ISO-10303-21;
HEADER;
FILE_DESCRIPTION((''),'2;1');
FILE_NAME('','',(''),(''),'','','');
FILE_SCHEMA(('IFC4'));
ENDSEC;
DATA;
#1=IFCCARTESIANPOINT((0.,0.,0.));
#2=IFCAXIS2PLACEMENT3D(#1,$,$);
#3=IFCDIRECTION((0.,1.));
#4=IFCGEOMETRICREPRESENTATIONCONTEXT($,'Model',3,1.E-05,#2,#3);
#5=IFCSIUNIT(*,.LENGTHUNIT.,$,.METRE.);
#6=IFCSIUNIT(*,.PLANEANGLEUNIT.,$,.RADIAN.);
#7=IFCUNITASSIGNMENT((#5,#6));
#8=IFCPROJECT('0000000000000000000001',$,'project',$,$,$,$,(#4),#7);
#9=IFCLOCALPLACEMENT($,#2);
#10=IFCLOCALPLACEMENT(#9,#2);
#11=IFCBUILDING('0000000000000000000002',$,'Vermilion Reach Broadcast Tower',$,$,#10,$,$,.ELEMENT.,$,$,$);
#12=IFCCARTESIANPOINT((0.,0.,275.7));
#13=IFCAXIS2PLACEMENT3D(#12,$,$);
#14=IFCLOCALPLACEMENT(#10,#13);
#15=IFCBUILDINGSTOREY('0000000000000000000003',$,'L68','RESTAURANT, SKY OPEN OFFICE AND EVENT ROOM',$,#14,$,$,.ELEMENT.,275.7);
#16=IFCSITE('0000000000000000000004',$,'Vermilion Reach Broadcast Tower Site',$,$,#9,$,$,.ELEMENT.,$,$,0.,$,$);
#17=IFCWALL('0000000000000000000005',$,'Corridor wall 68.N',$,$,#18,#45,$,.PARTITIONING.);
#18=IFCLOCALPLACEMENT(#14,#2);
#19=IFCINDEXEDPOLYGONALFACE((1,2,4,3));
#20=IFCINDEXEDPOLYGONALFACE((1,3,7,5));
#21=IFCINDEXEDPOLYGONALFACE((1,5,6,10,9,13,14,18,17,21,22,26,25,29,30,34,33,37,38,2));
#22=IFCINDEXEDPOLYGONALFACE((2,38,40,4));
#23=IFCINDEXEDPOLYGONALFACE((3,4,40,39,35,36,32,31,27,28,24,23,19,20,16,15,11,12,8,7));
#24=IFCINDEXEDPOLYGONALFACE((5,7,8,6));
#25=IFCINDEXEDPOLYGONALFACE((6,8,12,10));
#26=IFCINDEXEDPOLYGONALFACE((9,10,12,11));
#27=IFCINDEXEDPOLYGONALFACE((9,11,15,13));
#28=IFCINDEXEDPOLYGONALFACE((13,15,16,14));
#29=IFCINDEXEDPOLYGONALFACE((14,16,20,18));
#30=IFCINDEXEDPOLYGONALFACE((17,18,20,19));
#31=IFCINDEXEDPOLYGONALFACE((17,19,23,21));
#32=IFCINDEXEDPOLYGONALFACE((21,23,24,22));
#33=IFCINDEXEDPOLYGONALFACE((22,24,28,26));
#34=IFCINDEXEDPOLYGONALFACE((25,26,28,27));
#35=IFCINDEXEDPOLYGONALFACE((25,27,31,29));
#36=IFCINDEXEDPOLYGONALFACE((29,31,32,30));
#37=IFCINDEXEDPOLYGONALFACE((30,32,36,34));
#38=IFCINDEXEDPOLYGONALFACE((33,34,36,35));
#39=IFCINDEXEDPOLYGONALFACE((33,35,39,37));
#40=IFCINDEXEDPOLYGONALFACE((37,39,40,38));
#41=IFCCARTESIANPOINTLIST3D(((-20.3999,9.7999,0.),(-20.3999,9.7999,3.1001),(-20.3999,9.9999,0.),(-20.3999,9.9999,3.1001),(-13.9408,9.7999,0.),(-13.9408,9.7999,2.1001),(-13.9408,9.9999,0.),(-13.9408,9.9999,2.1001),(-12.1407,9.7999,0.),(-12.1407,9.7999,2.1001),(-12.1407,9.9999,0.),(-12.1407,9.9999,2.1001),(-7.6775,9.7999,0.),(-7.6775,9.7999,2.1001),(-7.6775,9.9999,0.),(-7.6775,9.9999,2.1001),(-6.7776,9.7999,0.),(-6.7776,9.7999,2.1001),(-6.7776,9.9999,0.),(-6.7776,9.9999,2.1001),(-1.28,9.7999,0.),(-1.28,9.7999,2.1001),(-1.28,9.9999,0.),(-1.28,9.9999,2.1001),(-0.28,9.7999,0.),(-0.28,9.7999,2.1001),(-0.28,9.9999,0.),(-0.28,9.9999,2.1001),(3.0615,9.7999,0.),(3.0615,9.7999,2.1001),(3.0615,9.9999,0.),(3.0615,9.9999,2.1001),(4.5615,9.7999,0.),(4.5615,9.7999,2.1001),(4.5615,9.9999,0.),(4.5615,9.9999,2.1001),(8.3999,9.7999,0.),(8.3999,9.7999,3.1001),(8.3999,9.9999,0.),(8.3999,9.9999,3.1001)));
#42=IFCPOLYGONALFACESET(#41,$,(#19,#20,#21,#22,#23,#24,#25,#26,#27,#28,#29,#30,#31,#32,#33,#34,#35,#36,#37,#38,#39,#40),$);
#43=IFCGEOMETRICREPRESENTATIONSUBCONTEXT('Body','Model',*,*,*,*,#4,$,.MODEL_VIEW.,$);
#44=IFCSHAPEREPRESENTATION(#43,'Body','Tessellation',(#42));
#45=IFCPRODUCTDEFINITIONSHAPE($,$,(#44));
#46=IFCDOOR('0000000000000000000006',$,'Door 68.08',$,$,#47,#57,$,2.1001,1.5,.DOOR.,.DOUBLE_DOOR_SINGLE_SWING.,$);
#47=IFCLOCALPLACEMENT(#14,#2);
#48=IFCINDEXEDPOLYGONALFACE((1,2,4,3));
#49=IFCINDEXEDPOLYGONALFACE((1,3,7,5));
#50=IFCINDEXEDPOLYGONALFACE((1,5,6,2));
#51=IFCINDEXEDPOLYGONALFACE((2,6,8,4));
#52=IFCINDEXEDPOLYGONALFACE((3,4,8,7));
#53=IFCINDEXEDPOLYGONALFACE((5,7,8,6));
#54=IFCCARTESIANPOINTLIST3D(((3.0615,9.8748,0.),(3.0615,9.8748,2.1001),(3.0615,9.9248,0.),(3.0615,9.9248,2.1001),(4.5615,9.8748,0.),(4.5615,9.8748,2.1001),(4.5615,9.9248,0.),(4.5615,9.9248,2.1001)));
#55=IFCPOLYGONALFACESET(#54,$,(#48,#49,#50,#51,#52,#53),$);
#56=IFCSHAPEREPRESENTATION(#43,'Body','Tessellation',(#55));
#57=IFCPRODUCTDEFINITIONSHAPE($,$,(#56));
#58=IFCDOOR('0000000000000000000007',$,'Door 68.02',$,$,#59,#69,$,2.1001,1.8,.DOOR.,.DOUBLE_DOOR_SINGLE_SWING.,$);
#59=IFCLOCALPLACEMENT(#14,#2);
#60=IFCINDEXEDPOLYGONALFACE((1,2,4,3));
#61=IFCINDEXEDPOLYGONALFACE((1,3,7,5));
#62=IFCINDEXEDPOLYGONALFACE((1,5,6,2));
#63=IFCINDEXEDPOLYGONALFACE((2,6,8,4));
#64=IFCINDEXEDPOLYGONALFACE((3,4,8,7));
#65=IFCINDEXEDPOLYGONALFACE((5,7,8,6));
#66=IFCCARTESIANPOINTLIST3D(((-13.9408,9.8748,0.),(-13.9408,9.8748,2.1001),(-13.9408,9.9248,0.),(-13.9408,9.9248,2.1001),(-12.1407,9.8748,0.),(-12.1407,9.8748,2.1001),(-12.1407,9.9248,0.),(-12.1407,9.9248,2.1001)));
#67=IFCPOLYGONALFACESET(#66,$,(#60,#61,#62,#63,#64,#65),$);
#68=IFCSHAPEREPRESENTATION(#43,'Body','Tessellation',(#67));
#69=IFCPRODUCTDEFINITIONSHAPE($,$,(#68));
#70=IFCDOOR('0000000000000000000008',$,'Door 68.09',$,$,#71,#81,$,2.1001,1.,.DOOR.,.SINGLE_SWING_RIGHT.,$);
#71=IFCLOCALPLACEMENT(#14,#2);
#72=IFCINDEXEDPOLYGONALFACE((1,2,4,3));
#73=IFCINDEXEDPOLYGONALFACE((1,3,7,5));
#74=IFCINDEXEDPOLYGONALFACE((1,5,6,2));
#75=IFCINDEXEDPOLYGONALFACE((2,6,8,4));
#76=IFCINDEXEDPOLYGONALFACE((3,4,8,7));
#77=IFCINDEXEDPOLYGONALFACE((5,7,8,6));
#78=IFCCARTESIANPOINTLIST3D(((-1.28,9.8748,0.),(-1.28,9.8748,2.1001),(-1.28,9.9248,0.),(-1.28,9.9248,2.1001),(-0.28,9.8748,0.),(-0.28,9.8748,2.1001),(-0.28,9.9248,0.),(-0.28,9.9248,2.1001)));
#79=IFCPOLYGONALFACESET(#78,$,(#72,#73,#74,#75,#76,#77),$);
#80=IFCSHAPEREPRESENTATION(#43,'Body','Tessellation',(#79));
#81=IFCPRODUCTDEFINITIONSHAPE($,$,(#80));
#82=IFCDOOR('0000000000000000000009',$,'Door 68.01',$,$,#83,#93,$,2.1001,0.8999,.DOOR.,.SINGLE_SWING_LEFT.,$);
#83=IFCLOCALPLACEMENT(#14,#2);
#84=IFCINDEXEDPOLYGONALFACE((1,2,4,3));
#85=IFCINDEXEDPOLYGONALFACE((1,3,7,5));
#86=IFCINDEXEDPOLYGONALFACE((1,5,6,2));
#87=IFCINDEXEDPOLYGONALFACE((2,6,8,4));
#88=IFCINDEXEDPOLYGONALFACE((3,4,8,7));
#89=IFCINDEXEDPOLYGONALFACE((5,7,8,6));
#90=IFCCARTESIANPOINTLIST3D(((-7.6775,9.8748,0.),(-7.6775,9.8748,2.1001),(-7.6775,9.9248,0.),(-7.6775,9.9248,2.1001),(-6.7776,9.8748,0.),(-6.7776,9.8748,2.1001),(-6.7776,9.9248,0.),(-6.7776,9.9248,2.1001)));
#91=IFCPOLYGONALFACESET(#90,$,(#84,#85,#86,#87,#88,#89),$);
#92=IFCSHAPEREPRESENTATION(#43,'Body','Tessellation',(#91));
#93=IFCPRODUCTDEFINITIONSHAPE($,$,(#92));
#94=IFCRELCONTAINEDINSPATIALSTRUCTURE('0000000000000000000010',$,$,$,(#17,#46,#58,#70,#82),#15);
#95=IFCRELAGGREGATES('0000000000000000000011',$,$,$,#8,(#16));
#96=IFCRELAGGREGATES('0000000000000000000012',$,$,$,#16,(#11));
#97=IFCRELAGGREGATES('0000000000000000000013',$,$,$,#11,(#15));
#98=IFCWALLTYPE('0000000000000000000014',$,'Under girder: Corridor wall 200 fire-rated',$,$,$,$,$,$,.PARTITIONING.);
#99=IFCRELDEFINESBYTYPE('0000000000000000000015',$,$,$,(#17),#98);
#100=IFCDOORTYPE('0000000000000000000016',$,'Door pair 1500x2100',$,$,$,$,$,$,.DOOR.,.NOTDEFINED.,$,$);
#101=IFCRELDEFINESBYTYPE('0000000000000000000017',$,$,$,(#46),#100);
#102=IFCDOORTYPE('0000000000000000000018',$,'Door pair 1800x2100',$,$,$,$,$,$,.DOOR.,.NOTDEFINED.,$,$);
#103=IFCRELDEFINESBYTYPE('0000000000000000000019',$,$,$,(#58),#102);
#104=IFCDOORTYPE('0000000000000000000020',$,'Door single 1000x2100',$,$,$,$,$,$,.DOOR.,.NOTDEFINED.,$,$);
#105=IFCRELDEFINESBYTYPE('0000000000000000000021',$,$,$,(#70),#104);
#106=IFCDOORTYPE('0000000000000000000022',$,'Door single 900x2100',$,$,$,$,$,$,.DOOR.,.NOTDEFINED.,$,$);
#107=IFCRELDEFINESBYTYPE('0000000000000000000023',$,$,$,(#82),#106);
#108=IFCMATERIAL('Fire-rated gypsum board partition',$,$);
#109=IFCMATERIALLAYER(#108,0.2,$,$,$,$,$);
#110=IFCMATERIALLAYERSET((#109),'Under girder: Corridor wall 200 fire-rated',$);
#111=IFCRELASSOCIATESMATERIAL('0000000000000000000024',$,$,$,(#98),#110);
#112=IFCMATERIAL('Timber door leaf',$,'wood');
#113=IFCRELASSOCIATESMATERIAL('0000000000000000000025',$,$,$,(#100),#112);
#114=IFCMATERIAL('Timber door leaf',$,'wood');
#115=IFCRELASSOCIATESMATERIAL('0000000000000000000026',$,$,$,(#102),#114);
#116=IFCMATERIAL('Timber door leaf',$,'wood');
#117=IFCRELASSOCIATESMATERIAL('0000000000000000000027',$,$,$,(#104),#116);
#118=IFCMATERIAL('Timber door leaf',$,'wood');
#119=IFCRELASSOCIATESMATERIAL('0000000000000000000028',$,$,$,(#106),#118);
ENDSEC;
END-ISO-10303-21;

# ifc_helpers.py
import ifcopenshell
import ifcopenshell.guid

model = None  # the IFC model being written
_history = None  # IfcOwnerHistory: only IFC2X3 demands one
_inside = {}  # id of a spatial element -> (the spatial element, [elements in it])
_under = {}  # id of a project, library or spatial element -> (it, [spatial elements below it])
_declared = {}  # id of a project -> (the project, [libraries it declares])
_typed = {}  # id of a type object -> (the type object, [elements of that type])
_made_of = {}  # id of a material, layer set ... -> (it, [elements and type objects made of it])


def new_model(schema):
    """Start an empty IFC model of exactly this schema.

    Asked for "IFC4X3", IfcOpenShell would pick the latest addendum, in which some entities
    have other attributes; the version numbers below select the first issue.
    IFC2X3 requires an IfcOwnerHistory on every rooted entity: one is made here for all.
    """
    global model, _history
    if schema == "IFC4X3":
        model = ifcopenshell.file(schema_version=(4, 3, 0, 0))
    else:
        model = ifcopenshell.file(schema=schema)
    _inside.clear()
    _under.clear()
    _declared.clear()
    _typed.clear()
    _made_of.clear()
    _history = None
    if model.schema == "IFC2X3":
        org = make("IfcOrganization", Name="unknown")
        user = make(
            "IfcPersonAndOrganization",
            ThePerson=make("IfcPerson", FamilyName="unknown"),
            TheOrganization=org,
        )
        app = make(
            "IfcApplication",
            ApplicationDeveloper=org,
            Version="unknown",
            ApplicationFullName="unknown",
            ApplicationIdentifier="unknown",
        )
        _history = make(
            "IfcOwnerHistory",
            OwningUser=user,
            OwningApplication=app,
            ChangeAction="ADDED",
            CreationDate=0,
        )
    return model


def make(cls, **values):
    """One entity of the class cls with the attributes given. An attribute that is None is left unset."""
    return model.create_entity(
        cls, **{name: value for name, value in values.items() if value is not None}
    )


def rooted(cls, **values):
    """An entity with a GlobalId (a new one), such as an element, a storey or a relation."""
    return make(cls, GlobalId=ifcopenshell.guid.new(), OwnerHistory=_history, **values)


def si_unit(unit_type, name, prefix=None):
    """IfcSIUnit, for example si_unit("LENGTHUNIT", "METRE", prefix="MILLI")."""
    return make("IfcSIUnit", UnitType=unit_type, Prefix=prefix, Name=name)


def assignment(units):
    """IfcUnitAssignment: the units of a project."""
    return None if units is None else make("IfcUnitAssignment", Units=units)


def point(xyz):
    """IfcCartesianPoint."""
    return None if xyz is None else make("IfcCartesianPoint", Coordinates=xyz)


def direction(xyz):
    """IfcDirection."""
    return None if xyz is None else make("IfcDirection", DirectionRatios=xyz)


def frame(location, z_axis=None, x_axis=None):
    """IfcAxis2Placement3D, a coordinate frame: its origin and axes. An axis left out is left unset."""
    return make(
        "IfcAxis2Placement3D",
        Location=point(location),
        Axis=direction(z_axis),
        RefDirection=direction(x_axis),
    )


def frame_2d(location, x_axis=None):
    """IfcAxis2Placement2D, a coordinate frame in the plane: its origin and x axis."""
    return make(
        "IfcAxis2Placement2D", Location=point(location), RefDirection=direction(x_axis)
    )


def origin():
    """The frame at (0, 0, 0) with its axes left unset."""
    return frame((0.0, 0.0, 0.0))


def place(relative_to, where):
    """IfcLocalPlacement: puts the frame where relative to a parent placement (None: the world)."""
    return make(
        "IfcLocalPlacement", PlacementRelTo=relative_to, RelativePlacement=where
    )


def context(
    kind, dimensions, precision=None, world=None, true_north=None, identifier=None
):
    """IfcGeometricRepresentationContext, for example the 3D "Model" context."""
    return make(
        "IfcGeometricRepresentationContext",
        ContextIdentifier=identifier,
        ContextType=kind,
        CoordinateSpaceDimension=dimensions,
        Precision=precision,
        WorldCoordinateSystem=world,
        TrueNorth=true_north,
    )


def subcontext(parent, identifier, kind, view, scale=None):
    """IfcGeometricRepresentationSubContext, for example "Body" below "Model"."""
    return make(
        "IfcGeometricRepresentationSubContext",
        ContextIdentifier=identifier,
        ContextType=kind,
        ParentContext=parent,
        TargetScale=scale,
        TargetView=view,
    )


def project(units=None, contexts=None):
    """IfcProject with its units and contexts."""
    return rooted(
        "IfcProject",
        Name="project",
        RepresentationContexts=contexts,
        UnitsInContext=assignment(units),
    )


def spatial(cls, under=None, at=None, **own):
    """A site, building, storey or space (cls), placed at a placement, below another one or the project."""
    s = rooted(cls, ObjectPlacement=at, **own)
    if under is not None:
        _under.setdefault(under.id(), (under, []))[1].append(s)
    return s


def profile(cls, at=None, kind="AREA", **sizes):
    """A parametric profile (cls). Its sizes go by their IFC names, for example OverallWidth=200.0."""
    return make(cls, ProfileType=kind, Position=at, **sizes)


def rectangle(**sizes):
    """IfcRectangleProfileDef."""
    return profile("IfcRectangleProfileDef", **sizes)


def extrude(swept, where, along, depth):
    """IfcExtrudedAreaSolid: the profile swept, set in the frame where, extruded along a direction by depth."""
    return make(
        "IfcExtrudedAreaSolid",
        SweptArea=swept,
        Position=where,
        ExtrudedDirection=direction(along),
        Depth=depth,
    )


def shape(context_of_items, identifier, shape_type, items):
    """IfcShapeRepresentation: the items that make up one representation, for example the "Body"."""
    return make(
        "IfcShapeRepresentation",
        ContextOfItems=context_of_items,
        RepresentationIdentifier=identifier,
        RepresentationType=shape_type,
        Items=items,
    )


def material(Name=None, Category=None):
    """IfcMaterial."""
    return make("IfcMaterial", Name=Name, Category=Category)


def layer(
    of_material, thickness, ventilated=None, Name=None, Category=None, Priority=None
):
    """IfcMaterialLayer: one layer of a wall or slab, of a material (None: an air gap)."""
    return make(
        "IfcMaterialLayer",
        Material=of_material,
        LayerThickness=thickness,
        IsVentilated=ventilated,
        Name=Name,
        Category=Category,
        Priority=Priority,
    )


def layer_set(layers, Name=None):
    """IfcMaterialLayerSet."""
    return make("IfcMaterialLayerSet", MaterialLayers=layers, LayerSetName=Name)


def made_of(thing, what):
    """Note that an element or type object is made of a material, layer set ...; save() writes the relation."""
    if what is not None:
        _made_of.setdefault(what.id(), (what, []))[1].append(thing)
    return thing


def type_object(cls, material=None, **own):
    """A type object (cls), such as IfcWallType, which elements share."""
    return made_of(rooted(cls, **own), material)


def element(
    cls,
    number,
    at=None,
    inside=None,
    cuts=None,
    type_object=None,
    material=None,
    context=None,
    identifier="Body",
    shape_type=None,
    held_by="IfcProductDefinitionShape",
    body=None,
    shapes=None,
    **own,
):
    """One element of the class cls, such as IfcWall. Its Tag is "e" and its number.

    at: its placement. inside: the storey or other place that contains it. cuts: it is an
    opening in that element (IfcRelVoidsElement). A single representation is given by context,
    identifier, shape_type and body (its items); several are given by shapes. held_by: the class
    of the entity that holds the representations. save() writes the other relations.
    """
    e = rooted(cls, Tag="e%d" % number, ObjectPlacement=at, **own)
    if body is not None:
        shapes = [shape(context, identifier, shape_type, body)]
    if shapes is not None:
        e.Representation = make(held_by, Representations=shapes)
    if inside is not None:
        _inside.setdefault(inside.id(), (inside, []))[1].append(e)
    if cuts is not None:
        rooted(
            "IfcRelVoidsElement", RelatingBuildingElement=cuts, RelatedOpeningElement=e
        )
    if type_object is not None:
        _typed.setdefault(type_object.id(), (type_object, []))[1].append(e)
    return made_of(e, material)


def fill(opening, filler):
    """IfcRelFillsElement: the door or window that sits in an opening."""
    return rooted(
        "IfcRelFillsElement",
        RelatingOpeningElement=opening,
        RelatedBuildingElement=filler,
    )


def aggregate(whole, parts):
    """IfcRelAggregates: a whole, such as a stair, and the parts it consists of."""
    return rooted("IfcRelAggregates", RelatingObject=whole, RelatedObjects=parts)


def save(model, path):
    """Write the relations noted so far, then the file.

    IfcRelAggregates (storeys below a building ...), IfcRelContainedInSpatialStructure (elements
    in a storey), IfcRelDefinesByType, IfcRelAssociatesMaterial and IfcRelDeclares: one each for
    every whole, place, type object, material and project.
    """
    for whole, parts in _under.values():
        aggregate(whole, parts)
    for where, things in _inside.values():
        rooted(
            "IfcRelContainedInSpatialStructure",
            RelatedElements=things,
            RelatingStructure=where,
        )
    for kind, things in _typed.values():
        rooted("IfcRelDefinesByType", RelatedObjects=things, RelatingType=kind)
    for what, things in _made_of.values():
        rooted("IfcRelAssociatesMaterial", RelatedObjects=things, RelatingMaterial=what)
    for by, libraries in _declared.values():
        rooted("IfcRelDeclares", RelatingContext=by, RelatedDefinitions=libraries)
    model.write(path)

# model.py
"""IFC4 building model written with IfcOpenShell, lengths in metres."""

from ifc_helpers import new_model, si_unit, direction, frame, frame_2d, origin, place, context, subcontext, project, spatial, rectangle, extrude, material, layer, layer_set, type_object, element, fill, save


model = new_model("IFC4")

# Units and contexts
model_context = context("Model", 3, precision=1e-05, world=origin(), true_north=direction((0.0, 1.0)))
body_context = subcontext(model_context, "Body", "Model", "MODEL_VIEW")
ifc_project = project(units=[si_unit("LENGTHUNIT", "METRE"), si_unit("PLANEANGLEUNIT", "RADIAN")], contexts=[model_context])

# Site, building, storey
site_placement = place(None, origin())
site = spatial("IfcSite", under=ifc_project, at=site_placement, Name="Vermilion Reach Broadcast Tower Site", CompositionType="ELEMENT", RefElevation=0.0)
building_placement = place(site_placement, origin())
building = spatial("IfcBuilding", under=site, at=building_placement, Name="Vermilion Reach Broadcast Tower", CompositionType="ELEMENT")
storey_placement = place(building_placement, frame((0.0, 0.0, 275.7)))
storey = spatial("IfcBuildingStorey", under=building, at=storey_placement, Name="L68", Description="RESTAURANT, SKY OPEN OFFICE AND EVENT ROOM", CompositionType="ELEMENT", Elevation=275.7)

# Wall, openings, doors
ifc_material_1 = material(Name="Fire-rated gypsum board partition")
ifc_layer_1 = layer(ifc_material_1, 0.2)
ifc_layer_set_1 = layer_set([ifc_layer_1], Name="Under girder: Corridor wall 200 fire-rated")
wall_type_1 = type_object("IfcWallType", Name="Under girder: Corridor wall 200 fire-rated", PredefinedType="PARTITIONING", material=ifc_layer_set_1)
wall_1_placement = place(storey_placement, frame((-20.3999, 9.8999, 0.0), z_axis=(0.0, 0.0, 1.0), x_axis=(1.0, 0.0, 0.0)))
wall_1 = element("IfcWall", 1, at=wall_1_placement, inside=storey, type_object=wall_type_1, Name="Corridor wall 68.N", PredefinedType="PARTITIONING", context=body_context, shape_type="SweptSolid", body=[
    extrude(rectangle(XDim=28.7998, YDim=0.2, at=frame_2d((14.3999, 0.0))), origin(), (0.0, 0.0, 1.0), 3.1001),
])
opening_1_placement = place(wall_1_placement, frame((12.7224, 0.0, 0.0)))
opening_1 = element("IfcOpeningElement", 2, at=opening_1_placement, cuts=wall_1, PredefinedType="OPENING", context=body_context, shape_type="SweptSolid", body=[
    extrude(rectangle(XDim=0.8999, YDim=2.1001, at=frame_2d((0.45, 1.05))), frame((0.0, 0.1099, 0.0), z_axis=(0.0, -1.0, 0.0), x_axis=(1.0, 0.0, 0.0)), (0.0, 0.0, 1.0), 0.22),
])
opening_2_placement = place(wall_1_placement, frame((6.4592, 0.0, 0.0)))
opening_2 = element("IfcOpeningElement", 3, at=opening_2_placement, cuts=wall_1, PredefinedType="OPENING", context=body_context, shape_type="SweptSolid", body=[
    extrude(rectangle(XDim=1.8, YDim=2.1001, at=frame_2d((0.8999, 1.05))), frame((0.0, 0.1099, 0.0), z_axis=(0.0, -1.0, 0.0), x_axis=(1.0, 0.0, 0.0)), (0.0, 0.0, 1.0), 0.22),
])
opening_3_placement = place(wall_1_placement, frame((23.4614, 0.0, 0.0)))
opening_3 = element("IfcOpeningElement", 4, at=opening_3_placement, cuts=wall_1, PredefinedType="OPENING", context=body_context, shape_type="SweptSolid", body=[
    extrude(rectangle(XDim=1.5, YDim=2.1001, at=frame_2d((0.75, 1.05))), frame((0.0, 0.1099, 0.0), z_axis=(0.0, -1.0, 0.0), x_axis=(1.0, 0.0, 0.0)), (0.0, 0.0, 1.0), 0.22),
])
opening_4_placement = place(wall_1_placement, frame((19.1199, 0.0, 0.0)))
opening_4 = element("IfcOpeningElement", 5, at=opening_4_placement, cuts=wall_1, PredefinedType="OPENING", context=body_context, shape_type="SweptSolid", body=[
    extrude(rectangle(XDim=1.0, YDim=2.1001, at=frame_2d((0.5, 1.05))), frame((0.0, 0.1099, 0.0), z_axis=(0.0, -1.0, 0.0), x_axis=(1.0, 0.0, 0.0)), (0.0, 0.0, 1.0), 0.22),
])
ifc_material_2 = material(Name="Timber door leaf", Category="wood")
door_type_1 = type_object("IfcDoorType", Name="Door pair 1500x2100", OperationType="NOTDEFINED", PredefinedType="DOOR", material=ifc_material_2)
door_1_placement = place(opening_3_placement, origin())
door_1 = element("IfcDoor", 6, at=door_1_placement, inside=storey, type_object=door_type_1, Name="Door 68.08", OperationType="DOUBLE_DOOR_SINGLE_SWING", OverallHeight=2.1001, OverallWidth=1.5, PredefinedType="DOOR", context=body_context, shape_type="SweptSolid", body=[
    extrude(rectangle(XDim=1.5, YDim=2.1001, at=frame_2d((0.75, 1.05))), frame((0.0, 0.0249, 0.0), z_axis=(0.0, -1.0, 0.0), x_axis=(1.0, 0.0, 0.0)), (0.0, 0.0, 1.0), 0.05),
])
fill(opening_3, door_1)
ifc_material_3 = material(Name="Timber door leaf", Category="wood")
door_type_2 = type_object("IfcDoorType", Name="Door pair 1800x2100", OperationType="NOTDEFINED", PredefinedType="DOOR", material=ifc_material_3)
door_2_placement = place(opening_2_placement, origin())
door_2 = element("IfcDoor", 7, at=door_2_placement, inside=storey, type_object=door_type_2, Name="Door 68.02", OperationType="DOUBLE_DOOR_SINGLE_SWING", OverallHeight=2.1001, OverallWidth=1.8, PredefinedType="DOOR", context=body_context, shape_type="SweptSolid", body=[
    extrude(rectangle(XDim=1.8, YDim=2.1001, at=frame_2d((0.8999, 1.05))), frame((0.0, 0.0249, 0.0), z_axis=(0.0, -1.0, 0.0), x_axis=(1.0, 0.0, 0.0)), (0.0, 0.0, 1.0), 0.05),
])
fill(opening_2, door_2)
ifc_material_4 = material(Name="Timber door leaf", Category="wood")
door_type_3 = type_object("IfcDoorType", Name="Door single 1000x2100", OperationType="NOTDEFINED", PredefinedType="DOOR", material=ifc_material_4)
door_3_placement = place(opening_4_placement, origin())
door_3 = element("IfcDoor", 8, at=door_3_placement, inside=storey, type_object=door_type_3, Name="Door 68.09", OperationType="SINGLE_SWING_RIGHT", OverallHeight=2.1001, OverallWidth=1.0, PredefinedType="DOOR", context=body_context, shape_type="SweptSolid", body=[
    extrude(rectangle(XDim=1.0, YDim=2.1001, at=frame_2d((0.5, 1.05))), frame((0.0, 0.0249, 0.0), z_axis=(0.0, -1.0, 0.0), x_axis=(1.0, 0.0, 0.0)), (0.0, 0.0, 1.0), 0.05),
])
fill(opening_4, door_3)
ifc_material_5 = material(Name="Timber door leaf", Category="wood")
door_type_4 = type_object("IfcDoorType", Name="Door single 900x2100", OperationType="NOTDEFINED", PredefinedType="DOOR", material=ifc_material_5)
door_4_placement = place(opening_1_placement, origin())
door_4 = element("IfcDoor", 9, at=door_4_placement, inside=storey, type_object=door_type_4, Name="Door 68.01", OperationType="SINGLE_SWING_LEFT", OverallHeight=2.1001, OverallWidth=0.8999, PredefinedType="DOOR", context=body_context, shape_type="SweptSolid", body=[
    extrude(rectangle(XDim=0.8999, YDim=2.1001, at=frame_2d((0.45, 1.05))), frame((0.0, 0.0249, 0.0), z_axis=(0.0, -1.0, 0.0), x_axis=(1.0, 0.0, 0.0)), (0.0, 0.0, 1.0), 0.05),
])
fill(opening_1, door_4)

save(model, "model.ifc")
